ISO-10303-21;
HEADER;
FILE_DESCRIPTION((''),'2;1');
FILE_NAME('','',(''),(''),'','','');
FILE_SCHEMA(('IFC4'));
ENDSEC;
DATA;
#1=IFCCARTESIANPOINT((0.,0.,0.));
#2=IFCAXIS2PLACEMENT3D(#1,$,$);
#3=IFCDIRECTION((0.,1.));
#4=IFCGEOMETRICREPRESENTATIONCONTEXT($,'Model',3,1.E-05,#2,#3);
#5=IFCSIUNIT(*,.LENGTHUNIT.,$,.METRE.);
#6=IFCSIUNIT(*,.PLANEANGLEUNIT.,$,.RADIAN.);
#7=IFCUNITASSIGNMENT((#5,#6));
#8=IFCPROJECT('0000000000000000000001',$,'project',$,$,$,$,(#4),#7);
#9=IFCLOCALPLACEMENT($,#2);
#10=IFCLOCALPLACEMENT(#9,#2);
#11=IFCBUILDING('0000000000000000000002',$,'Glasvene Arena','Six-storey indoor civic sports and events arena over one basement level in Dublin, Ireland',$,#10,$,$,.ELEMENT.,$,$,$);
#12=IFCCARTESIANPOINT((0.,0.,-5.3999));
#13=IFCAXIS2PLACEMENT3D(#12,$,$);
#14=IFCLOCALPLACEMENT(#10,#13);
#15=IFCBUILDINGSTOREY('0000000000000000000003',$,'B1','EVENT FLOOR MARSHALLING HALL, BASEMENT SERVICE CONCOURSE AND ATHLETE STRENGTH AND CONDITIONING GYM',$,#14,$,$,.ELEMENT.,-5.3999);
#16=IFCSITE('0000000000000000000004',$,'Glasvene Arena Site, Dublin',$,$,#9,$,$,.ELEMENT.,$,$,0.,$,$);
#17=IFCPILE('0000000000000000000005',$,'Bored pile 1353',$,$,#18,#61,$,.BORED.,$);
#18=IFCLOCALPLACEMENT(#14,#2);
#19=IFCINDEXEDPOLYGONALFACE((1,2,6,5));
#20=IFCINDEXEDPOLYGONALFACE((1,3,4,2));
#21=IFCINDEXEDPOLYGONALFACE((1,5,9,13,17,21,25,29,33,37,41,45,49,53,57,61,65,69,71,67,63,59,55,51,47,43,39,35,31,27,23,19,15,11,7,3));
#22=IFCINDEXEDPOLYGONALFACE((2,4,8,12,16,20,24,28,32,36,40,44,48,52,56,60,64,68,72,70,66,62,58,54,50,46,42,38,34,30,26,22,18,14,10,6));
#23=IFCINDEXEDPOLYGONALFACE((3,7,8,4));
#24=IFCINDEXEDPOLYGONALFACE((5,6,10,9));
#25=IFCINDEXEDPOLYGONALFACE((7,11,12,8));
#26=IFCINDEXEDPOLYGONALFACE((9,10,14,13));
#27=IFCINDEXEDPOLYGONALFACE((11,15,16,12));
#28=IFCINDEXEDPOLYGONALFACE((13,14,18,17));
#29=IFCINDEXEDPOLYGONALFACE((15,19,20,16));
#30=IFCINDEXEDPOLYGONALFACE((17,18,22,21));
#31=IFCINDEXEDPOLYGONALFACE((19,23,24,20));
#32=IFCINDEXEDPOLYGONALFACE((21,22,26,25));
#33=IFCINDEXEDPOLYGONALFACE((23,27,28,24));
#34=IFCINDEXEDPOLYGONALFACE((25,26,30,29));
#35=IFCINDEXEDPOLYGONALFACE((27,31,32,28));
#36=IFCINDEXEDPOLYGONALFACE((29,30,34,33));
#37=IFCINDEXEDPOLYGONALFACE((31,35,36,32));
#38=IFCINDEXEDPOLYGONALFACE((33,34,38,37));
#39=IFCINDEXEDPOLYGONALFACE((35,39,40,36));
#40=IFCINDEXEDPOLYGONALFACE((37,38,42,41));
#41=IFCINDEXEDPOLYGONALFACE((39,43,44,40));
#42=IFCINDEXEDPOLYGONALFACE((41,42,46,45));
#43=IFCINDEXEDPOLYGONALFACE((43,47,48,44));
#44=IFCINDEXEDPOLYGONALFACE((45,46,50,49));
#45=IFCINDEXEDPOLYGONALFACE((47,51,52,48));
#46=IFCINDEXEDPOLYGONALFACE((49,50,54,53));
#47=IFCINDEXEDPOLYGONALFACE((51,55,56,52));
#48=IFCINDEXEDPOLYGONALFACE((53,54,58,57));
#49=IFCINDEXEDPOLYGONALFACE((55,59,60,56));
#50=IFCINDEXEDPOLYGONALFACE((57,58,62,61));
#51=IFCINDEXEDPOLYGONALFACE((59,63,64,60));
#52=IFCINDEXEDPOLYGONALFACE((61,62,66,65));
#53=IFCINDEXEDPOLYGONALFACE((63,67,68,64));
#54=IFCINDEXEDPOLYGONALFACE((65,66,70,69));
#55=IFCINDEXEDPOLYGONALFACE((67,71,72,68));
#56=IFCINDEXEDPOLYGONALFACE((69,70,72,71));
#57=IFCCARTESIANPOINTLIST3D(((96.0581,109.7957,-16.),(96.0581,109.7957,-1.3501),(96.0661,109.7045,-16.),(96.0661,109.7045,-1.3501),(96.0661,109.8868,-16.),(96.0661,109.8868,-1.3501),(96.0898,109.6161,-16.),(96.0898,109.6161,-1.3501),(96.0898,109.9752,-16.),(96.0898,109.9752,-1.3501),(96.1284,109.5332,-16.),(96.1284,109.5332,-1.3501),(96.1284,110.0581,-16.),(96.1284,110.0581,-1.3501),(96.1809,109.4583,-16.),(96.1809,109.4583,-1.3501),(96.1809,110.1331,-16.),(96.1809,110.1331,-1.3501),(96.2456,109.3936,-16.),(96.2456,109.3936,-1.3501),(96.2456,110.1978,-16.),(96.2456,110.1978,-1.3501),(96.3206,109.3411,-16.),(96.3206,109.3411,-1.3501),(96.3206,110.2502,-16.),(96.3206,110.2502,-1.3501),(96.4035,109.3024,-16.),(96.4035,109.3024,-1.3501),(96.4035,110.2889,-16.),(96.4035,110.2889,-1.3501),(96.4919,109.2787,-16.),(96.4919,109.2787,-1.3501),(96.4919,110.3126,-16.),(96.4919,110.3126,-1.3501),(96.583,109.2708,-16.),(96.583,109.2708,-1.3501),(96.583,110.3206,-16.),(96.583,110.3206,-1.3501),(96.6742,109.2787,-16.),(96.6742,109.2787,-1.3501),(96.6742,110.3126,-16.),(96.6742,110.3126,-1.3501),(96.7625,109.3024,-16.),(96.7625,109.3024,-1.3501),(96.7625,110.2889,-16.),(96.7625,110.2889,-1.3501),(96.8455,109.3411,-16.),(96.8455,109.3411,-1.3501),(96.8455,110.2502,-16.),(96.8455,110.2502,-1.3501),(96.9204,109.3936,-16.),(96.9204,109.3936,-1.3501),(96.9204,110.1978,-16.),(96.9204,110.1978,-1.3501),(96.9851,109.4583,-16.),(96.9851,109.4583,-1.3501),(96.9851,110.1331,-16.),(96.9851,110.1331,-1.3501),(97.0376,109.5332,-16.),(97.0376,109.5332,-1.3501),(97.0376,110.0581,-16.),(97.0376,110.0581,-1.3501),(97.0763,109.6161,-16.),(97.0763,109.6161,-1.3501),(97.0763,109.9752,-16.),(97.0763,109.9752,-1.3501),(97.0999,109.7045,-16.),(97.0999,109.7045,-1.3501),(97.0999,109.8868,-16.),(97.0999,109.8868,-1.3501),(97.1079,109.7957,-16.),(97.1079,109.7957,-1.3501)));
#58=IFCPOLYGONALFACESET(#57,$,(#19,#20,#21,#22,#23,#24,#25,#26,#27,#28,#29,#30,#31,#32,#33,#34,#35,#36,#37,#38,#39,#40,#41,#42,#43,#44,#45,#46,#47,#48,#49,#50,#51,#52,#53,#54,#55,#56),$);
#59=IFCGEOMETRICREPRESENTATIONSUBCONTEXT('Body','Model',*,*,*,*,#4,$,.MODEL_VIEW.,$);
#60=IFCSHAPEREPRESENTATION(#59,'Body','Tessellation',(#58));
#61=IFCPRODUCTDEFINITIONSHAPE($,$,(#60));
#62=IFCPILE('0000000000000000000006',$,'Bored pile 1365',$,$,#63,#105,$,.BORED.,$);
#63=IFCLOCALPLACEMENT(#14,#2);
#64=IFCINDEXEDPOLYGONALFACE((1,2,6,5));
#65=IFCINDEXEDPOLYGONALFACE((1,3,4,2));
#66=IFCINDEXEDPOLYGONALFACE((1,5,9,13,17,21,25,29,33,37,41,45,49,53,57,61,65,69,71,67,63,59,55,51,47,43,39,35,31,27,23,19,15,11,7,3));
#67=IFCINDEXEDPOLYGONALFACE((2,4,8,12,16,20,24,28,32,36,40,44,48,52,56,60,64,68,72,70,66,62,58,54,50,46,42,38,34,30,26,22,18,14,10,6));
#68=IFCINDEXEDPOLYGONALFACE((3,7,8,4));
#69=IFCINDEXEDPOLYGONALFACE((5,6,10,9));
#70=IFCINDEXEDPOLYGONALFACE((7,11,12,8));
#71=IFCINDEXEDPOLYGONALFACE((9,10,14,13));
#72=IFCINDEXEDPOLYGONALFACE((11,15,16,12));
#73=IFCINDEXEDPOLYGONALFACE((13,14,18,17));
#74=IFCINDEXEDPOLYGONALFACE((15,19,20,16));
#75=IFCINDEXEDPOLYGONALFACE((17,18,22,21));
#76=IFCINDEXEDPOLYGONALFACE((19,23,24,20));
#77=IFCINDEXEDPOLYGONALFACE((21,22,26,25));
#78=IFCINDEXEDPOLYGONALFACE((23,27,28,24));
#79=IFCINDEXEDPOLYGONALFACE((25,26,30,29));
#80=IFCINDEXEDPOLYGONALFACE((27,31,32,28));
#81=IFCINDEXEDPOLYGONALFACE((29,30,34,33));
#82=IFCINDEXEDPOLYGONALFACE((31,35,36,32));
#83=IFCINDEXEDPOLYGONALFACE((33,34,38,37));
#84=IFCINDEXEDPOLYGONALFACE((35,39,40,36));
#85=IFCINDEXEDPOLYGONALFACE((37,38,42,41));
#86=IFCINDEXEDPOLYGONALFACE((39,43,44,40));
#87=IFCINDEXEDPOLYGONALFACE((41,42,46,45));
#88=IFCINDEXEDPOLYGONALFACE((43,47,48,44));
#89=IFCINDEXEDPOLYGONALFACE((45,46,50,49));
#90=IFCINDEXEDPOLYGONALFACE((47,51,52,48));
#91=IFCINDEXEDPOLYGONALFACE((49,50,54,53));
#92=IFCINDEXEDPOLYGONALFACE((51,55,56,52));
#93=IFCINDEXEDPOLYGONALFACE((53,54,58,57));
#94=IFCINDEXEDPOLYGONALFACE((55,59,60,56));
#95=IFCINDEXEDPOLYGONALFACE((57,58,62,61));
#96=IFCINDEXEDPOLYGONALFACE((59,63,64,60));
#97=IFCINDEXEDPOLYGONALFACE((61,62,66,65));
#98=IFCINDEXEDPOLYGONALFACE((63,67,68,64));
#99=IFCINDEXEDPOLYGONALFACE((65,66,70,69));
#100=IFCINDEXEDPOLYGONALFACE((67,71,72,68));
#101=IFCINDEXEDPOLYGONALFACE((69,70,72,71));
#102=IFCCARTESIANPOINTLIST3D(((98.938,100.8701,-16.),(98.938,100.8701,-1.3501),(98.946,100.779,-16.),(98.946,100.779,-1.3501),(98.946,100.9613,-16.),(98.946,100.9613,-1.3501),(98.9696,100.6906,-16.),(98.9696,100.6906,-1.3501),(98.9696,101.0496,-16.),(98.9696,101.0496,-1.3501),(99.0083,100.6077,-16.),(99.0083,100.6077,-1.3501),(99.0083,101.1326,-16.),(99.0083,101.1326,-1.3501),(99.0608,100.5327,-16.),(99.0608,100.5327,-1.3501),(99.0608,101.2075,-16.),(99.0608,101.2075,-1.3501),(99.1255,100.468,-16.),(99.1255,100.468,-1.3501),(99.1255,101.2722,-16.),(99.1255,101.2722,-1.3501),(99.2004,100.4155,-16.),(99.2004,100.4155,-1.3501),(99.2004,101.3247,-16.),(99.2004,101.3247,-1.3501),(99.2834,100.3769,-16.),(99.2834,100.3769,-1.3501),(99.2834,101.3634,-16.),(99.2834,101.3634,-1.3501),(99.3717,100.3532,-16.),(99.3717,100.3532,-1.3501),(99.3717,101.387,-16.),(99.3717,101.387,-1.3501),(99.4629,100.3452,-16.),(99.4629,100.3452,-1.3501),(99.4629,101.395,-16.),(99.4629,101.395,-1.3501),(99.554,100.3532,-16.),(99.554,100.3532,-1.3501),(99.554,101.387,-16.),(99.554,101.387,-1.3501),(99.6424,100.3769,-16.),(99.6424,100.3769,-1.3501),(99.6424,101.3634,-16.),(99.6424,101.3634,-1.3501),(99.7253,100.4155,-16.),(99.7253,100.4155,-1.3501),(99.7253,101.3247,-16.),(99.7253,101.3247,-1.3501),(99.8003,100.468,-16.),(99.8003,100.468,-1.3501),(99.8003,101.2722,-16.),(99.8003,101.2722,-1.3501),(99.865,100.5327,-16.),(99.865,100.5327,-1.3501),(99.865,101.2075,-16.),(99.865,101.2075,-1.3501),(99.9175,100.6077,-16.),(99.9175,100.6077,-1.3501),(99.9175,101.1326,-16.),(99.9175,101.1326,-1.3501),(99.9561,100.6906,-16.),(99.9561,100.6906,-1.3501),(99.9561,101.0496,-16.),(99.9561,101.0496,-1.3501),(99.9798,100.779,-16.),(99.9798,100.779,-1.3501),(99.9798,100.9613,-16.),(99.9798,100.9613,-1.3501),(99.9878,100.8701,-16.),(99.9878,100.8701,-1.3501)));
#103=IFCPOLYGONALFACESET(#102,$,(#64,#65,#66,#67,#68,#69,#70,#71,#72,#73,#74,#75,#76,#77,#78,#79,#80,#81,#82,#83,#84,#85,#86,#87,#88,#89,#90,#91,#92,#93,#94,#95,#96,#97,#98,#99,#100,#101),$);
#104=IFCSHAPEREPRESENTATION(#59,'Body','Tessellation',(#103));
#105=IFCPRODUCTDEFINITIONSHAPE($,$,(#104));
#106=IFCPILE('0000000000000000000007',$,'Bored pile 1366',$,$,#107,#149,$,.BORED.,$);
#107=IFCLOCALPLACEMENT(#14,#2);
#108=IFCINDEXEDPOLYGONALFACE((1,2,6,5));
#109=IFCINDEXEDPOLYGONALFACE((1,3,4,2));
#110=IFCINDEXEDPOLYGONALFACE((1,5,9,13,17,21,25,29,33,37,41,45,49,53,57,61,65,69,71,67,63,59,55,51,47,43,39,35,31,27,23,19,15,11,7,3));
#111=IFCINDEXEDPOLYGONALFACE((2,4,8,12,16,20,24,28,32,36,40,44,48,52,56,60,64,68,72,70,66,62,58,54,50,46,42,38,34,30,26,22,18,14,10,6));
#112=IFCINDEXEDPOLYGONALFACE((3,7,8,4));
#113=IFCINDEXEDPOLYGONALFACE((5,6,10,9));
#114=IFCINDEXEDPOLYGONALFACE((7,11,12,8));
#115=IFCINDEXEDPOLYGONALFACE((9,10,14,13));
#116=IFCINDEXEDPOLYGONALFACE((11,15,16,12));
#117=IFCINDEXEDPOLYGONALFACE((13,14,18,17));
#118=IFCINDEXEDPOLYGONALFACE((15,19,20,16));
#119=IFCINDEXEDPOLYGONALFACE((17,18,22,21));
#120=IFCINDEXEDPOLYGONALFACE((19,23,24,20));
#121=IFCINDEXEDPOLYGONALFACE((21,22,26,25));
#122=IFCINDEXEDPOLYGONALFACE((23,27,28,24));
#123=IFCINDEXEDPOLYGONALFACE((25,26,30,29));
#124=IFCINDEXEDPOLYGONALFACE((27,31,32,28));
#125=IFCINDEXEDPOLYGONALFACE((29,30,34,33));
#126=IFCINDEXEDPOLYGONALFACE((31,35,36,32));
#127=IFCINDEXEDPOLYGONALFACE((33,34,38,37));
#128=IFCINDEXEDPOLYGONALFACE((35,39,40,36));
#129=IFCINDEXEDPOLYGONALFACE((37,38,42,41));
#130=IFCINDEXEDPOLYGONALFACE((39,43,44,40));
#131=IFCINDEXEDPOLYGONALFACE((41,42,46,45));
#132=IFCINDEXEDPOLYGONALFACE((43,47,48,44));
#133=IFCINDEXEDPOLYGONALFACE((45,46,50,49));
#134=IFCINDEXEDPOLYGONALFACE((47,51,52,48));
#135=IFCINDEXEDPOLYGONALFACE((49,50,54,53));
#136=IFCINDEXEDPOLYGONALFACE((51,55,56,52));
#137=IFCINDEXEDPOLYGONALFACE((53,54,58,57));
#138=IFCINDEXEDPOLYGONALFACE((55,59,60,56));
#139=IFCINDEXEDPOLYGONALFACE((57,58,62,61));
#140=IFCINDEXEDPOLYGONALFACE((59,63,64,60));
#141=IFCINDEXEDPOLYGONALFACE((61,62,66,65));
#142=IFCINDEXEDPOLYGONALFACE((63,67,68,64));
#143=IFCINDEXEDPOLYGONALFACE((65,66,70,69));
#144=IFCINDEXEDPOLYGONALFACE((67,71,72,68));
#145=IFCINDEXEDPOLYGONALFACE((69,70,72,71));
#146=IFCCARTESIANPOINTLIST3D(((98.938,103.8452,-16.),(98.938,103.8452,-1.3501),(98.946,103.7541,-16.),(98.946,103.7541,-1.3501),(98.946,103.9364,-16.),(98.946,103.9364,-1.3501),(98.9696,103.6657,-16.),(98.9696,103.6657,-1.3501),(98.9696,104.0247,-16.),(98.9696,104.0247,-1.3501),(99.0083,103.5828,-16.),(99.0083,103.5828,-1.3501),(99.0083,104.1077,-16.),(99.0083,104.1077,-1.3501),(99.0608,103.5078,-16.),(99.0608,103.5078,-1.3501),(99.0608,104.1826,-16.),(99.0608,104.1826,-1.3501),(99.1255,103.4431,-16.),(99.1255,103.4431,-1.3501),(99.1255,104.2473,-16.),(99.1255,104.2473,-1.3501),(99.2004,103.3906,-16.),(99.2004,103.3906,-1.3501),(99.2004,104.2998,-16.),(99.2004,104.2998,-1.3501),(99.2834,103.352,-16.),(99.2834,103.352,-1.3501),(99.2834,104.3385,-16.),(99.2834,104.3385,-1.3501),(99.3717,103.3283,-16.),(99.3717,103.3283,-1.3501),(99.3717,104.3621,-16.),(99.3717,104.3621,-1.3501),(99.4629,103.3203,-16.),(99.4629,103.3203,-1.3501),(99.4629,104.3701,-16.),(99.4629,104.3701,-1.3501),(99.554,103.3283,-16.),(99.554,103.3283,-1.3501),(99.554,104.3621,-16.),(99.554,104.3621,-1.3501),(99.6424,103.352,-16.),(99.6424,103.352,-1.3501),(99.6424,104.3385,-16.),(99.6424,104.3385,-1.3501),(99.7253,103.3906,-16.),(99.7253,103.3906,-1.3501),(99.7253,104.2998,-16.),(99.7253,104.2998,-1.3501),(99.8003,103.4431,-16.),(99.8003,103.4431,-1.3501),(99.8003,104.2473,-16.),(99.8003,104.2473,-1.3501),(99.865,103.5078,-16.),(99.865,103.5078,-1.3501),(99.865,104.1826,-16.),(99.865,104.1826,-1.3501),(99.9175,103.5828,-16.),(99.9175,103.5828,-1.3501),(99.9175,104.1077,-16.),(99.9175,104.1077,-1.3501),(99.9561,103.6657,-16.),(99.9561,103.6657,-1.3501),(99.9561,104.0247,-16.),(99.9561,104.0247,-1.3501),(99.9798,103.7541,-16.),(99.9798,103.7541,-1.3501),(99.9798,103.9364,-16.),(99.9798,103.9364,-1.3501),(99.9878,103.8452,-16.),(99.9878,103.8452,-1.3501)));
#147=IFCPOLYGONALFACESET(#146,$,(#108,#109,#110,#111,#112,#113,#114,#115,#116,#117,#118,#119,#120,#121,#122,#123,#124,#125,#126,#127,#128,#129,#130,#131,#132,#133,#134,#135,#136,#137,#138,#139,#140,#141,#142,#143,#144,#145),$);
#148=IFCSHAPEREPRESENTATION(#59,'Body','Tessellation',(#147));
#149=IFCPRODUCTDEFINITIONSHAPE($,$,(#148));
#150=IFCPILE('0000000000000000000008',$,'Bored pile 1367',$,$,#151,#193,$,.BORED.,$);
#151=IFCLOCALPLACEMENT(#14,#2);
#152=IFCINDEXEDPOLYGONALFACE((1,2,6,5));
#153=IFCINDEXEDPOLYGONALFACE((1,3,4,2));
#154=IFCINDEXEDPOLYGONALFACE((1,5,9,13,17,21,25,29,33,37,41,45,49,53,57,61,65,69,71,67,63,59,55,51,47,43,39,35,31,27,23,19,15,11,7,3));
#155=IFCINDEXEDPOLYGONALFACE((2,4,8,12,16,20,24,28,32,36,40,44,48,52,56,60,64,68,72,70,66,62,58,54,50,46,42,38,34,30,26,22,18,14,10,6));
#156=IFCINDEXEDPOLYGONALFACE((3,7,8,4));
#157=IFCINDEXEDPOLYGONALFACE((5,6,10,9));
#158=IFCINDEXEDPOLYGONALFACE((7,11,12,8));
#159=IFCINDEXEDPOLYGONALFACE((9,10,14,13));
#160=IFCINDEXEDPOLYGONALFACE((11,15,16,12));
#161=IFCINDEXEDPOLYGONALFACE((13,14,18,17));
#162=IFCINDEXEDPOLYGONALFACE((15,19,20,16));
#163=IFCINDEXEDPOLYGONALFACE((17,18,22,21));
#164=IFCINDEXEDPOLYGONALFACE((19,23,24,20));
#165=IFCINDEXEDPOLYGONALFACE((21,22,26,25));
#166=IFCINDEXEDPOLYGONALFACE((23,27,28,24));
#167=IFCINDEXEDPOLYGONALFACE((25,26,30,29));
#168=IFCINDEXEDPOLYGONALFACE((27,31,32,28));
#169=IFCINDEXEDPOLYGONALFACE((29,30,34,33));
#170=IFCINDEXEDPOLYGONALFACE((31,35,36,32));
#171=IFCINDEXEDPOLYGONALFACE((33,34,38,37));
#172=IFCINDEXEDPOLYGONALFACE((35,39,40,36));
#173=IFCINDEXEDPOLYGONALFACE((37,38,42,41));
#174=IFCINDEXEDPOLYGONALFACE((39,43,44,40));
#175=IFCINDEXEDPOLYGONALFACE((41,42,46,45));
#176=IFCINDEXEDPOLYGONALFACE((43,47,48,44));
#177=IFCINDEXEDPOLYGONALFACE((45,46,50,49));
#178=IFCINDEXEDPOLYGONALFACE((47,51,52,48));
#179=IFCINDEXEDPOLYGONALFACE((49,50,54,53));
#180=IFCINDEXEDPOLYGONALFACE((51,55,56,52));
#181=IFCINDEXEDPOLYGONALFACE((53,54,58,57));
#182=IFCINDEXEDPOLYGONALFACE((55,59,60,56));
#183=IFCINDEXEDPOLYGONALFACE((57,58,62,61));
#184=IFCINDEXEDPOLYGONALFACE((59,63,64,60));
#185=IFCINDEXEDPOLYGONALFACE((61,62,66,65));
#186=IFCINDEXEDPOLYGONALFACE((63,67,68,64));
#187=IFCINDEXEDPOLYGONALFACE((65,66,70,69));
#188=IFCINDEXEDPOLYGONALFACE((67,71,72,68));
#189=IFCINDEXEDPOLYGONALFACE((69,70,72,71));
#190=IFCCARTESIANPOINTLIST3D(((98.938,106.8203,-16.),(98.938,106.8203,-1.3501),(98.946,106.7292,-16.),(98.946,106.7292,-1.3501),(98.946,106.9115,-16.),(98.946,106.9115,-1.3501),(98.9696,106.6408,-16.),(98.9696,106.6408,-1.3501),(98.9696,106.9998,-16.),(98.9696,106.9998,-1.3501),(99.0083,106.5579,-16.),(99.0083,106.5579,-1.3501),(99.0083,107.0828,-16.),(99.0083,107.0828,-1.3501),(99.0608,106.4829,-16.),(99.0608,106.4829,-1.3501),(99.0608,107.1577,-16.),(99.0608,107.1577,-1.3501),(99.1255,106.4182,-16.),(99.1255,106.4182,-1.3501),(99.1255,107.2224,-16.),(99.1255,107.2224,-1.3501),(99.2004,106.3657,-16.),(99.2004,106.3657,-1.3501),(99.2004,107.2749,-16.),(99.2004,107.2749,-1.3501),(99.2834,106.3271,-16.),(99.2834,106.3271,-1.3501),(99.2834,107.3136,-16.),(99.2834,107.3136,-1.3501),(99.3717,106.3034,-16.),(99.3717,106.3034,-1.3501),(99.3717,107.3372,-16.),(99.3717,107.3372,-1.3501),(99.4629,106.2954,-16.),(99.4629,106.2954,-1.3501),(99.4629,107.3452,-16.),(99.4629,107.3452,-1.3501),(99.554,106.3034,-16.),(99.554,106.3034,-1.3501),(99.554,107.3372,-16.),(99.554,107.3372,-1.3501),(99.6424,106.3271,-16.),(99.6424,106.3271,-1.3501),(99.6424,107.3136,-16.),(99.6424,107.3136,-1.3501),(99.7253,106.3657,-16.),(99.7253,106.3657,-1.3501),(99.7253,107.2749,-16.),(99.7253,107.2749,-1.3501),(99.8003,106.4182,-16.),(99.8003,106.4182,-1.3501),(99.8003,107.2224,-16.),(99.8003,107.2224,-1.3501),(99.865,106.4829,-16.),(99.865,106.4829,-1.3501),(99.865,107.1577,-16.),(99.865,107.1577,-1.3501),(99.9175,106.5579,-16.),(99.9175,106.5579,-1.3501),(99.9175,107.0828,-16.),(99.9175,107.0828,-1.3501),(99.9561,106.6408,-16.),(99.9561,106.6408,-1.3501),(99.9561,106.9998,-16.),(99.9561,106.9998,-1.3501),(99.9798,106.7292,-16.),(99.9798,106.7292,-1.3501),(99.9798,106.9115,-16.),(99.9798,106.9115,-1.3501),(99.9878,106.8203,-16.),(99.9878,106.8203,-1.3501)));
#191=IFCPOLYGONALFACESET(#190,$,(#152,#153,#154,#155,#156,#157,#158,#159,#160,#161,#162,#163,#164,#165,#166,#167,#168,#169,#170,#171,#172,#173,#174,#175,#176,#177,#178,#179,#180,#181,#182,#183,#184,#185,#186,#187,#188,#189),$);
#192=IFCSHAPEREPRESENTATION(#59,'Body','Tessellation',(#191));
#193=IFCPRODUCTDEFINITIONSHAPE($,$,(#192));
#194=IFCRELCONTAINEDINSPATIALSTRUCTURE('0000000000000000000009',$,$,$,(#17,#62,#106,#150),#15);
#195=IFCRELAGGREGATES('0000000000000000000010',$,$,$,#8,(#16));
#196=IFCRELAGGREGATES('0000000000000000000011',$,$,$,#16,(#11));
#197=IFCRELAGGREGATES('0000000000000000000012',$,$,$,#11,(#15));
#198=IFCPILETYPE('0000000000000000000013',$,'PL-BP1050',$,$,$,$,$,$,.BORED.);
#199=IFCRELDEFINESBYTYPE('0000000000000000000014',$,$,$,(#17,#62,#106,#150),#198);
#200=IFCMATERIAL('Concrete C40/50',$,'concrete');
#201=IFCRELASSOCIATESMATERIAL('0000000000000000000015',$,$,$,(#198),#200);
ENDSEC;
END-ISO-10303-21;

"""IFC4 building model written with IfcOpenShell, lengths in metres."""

from ifc_helpers import new_model, si_unit, direction, frame, origin, origin_2d, place, context, subcontext, project, spatial, circle, extrude, material, material_profile, profile_set, type_object, element, save


model = new_model("IFC4")

# Units and contexts
model_context = context("Model", 3, precision=1e-05, world=origin(), true_north=direction((0.0, 1.0)))
body_context = subcontext(model_context, "Body", "Model", "MODEL_VIEW")
ifc_project = project(units=[si_unit("LENGTHUNIT", "METRE"), si_unit("PLANEANGLEUNIT", "RADIAN")], contexts=[model_context])

# Site, building, storey
site_placement = place(None, origin())
site = spatial("IfcSite", under=ifc_project, at=site_placement, Name="Glasvene Arena Site, Dublin", CompositionType="ELEMENT", RefElevation=0.0)
building_placement = place(site_placement, origin())
building = spatial("IfcBuilding", under=site, at=building_placement, Name="Glasvene Arena", Description="Six-storey indoor civic sports and events arena over one basement level in Dublin, Ireland", CompositionType="ELEMENT")
storey_placement = place(building_placement, frame((0.0, 0.0, -5.3999)))
storey = spatial("IfcBuildingStorey", under=building, at=storey_placement, Name="B1", Description="EVENT FLOOR MARSHALLING HALL, BASEMENT SERVICE CONCOURSE AND ATHLETE STRENGTH AND CONDITIONING GYM", CompositionType="ELEMENT", Elevation=-5.3999)

# Shared definitions
ifc_material_1 = material(Name="Concrete C40/50", Category="concrete")

# Piles
ifc_material_profile_1 = material_profile(ifc_material_1, circle(Radius=0.5249, at=origin_2d()), Name="BORED PILE 1050")
ifc_profile_set_1 = profile_set([ifc_material_profile_1], Name="Concrete C40/50")
pile_type_1 = type_object("IfcPileType", Name="PL-BP1050", PredefinedType="BORED", material=ifc_profile_set_1)
for number, where, z_axis, x_axis, name in (
    (1, (96.583, 109.7957, -1.3501), (0.0, 0.0, -1.0), (1.0, 0.0, 0.0), "Bored pile 1353"),
    (2, (99.4629, 100.8701, -1.3501), (0.0, 0.0, -1.0), (1.0, 0.0, 0.0), "Bored pile 1365"),
    (3, (99.4629, 103.8452, -1.3501), (0.0, 0.0, -1.0), (1.0, 0.0, 0.0), "Bored pile 1366"),
    (4, (99.4629, 106.8203, -1.3501), (0.0, 0.0, -1.0), (1.0, 0.0, 0.0), "Bored pile 1367"),
):
    element("IfcPile", number, at=place(storey_placement, frame(where, z_axis=z_axis, x_axis=x_axis)), inside=storey, type_object=pile_type_1, Name=name, PredefinedType="BORED", context=body_context, shape_type="SweptSolid", body=[
        extrude(circle(Radius=0.5249, at=origin_2d()), origin(), (0.0, 0.0, 1.0), 14.6499),
    ])

save(model, "model.ifc")
